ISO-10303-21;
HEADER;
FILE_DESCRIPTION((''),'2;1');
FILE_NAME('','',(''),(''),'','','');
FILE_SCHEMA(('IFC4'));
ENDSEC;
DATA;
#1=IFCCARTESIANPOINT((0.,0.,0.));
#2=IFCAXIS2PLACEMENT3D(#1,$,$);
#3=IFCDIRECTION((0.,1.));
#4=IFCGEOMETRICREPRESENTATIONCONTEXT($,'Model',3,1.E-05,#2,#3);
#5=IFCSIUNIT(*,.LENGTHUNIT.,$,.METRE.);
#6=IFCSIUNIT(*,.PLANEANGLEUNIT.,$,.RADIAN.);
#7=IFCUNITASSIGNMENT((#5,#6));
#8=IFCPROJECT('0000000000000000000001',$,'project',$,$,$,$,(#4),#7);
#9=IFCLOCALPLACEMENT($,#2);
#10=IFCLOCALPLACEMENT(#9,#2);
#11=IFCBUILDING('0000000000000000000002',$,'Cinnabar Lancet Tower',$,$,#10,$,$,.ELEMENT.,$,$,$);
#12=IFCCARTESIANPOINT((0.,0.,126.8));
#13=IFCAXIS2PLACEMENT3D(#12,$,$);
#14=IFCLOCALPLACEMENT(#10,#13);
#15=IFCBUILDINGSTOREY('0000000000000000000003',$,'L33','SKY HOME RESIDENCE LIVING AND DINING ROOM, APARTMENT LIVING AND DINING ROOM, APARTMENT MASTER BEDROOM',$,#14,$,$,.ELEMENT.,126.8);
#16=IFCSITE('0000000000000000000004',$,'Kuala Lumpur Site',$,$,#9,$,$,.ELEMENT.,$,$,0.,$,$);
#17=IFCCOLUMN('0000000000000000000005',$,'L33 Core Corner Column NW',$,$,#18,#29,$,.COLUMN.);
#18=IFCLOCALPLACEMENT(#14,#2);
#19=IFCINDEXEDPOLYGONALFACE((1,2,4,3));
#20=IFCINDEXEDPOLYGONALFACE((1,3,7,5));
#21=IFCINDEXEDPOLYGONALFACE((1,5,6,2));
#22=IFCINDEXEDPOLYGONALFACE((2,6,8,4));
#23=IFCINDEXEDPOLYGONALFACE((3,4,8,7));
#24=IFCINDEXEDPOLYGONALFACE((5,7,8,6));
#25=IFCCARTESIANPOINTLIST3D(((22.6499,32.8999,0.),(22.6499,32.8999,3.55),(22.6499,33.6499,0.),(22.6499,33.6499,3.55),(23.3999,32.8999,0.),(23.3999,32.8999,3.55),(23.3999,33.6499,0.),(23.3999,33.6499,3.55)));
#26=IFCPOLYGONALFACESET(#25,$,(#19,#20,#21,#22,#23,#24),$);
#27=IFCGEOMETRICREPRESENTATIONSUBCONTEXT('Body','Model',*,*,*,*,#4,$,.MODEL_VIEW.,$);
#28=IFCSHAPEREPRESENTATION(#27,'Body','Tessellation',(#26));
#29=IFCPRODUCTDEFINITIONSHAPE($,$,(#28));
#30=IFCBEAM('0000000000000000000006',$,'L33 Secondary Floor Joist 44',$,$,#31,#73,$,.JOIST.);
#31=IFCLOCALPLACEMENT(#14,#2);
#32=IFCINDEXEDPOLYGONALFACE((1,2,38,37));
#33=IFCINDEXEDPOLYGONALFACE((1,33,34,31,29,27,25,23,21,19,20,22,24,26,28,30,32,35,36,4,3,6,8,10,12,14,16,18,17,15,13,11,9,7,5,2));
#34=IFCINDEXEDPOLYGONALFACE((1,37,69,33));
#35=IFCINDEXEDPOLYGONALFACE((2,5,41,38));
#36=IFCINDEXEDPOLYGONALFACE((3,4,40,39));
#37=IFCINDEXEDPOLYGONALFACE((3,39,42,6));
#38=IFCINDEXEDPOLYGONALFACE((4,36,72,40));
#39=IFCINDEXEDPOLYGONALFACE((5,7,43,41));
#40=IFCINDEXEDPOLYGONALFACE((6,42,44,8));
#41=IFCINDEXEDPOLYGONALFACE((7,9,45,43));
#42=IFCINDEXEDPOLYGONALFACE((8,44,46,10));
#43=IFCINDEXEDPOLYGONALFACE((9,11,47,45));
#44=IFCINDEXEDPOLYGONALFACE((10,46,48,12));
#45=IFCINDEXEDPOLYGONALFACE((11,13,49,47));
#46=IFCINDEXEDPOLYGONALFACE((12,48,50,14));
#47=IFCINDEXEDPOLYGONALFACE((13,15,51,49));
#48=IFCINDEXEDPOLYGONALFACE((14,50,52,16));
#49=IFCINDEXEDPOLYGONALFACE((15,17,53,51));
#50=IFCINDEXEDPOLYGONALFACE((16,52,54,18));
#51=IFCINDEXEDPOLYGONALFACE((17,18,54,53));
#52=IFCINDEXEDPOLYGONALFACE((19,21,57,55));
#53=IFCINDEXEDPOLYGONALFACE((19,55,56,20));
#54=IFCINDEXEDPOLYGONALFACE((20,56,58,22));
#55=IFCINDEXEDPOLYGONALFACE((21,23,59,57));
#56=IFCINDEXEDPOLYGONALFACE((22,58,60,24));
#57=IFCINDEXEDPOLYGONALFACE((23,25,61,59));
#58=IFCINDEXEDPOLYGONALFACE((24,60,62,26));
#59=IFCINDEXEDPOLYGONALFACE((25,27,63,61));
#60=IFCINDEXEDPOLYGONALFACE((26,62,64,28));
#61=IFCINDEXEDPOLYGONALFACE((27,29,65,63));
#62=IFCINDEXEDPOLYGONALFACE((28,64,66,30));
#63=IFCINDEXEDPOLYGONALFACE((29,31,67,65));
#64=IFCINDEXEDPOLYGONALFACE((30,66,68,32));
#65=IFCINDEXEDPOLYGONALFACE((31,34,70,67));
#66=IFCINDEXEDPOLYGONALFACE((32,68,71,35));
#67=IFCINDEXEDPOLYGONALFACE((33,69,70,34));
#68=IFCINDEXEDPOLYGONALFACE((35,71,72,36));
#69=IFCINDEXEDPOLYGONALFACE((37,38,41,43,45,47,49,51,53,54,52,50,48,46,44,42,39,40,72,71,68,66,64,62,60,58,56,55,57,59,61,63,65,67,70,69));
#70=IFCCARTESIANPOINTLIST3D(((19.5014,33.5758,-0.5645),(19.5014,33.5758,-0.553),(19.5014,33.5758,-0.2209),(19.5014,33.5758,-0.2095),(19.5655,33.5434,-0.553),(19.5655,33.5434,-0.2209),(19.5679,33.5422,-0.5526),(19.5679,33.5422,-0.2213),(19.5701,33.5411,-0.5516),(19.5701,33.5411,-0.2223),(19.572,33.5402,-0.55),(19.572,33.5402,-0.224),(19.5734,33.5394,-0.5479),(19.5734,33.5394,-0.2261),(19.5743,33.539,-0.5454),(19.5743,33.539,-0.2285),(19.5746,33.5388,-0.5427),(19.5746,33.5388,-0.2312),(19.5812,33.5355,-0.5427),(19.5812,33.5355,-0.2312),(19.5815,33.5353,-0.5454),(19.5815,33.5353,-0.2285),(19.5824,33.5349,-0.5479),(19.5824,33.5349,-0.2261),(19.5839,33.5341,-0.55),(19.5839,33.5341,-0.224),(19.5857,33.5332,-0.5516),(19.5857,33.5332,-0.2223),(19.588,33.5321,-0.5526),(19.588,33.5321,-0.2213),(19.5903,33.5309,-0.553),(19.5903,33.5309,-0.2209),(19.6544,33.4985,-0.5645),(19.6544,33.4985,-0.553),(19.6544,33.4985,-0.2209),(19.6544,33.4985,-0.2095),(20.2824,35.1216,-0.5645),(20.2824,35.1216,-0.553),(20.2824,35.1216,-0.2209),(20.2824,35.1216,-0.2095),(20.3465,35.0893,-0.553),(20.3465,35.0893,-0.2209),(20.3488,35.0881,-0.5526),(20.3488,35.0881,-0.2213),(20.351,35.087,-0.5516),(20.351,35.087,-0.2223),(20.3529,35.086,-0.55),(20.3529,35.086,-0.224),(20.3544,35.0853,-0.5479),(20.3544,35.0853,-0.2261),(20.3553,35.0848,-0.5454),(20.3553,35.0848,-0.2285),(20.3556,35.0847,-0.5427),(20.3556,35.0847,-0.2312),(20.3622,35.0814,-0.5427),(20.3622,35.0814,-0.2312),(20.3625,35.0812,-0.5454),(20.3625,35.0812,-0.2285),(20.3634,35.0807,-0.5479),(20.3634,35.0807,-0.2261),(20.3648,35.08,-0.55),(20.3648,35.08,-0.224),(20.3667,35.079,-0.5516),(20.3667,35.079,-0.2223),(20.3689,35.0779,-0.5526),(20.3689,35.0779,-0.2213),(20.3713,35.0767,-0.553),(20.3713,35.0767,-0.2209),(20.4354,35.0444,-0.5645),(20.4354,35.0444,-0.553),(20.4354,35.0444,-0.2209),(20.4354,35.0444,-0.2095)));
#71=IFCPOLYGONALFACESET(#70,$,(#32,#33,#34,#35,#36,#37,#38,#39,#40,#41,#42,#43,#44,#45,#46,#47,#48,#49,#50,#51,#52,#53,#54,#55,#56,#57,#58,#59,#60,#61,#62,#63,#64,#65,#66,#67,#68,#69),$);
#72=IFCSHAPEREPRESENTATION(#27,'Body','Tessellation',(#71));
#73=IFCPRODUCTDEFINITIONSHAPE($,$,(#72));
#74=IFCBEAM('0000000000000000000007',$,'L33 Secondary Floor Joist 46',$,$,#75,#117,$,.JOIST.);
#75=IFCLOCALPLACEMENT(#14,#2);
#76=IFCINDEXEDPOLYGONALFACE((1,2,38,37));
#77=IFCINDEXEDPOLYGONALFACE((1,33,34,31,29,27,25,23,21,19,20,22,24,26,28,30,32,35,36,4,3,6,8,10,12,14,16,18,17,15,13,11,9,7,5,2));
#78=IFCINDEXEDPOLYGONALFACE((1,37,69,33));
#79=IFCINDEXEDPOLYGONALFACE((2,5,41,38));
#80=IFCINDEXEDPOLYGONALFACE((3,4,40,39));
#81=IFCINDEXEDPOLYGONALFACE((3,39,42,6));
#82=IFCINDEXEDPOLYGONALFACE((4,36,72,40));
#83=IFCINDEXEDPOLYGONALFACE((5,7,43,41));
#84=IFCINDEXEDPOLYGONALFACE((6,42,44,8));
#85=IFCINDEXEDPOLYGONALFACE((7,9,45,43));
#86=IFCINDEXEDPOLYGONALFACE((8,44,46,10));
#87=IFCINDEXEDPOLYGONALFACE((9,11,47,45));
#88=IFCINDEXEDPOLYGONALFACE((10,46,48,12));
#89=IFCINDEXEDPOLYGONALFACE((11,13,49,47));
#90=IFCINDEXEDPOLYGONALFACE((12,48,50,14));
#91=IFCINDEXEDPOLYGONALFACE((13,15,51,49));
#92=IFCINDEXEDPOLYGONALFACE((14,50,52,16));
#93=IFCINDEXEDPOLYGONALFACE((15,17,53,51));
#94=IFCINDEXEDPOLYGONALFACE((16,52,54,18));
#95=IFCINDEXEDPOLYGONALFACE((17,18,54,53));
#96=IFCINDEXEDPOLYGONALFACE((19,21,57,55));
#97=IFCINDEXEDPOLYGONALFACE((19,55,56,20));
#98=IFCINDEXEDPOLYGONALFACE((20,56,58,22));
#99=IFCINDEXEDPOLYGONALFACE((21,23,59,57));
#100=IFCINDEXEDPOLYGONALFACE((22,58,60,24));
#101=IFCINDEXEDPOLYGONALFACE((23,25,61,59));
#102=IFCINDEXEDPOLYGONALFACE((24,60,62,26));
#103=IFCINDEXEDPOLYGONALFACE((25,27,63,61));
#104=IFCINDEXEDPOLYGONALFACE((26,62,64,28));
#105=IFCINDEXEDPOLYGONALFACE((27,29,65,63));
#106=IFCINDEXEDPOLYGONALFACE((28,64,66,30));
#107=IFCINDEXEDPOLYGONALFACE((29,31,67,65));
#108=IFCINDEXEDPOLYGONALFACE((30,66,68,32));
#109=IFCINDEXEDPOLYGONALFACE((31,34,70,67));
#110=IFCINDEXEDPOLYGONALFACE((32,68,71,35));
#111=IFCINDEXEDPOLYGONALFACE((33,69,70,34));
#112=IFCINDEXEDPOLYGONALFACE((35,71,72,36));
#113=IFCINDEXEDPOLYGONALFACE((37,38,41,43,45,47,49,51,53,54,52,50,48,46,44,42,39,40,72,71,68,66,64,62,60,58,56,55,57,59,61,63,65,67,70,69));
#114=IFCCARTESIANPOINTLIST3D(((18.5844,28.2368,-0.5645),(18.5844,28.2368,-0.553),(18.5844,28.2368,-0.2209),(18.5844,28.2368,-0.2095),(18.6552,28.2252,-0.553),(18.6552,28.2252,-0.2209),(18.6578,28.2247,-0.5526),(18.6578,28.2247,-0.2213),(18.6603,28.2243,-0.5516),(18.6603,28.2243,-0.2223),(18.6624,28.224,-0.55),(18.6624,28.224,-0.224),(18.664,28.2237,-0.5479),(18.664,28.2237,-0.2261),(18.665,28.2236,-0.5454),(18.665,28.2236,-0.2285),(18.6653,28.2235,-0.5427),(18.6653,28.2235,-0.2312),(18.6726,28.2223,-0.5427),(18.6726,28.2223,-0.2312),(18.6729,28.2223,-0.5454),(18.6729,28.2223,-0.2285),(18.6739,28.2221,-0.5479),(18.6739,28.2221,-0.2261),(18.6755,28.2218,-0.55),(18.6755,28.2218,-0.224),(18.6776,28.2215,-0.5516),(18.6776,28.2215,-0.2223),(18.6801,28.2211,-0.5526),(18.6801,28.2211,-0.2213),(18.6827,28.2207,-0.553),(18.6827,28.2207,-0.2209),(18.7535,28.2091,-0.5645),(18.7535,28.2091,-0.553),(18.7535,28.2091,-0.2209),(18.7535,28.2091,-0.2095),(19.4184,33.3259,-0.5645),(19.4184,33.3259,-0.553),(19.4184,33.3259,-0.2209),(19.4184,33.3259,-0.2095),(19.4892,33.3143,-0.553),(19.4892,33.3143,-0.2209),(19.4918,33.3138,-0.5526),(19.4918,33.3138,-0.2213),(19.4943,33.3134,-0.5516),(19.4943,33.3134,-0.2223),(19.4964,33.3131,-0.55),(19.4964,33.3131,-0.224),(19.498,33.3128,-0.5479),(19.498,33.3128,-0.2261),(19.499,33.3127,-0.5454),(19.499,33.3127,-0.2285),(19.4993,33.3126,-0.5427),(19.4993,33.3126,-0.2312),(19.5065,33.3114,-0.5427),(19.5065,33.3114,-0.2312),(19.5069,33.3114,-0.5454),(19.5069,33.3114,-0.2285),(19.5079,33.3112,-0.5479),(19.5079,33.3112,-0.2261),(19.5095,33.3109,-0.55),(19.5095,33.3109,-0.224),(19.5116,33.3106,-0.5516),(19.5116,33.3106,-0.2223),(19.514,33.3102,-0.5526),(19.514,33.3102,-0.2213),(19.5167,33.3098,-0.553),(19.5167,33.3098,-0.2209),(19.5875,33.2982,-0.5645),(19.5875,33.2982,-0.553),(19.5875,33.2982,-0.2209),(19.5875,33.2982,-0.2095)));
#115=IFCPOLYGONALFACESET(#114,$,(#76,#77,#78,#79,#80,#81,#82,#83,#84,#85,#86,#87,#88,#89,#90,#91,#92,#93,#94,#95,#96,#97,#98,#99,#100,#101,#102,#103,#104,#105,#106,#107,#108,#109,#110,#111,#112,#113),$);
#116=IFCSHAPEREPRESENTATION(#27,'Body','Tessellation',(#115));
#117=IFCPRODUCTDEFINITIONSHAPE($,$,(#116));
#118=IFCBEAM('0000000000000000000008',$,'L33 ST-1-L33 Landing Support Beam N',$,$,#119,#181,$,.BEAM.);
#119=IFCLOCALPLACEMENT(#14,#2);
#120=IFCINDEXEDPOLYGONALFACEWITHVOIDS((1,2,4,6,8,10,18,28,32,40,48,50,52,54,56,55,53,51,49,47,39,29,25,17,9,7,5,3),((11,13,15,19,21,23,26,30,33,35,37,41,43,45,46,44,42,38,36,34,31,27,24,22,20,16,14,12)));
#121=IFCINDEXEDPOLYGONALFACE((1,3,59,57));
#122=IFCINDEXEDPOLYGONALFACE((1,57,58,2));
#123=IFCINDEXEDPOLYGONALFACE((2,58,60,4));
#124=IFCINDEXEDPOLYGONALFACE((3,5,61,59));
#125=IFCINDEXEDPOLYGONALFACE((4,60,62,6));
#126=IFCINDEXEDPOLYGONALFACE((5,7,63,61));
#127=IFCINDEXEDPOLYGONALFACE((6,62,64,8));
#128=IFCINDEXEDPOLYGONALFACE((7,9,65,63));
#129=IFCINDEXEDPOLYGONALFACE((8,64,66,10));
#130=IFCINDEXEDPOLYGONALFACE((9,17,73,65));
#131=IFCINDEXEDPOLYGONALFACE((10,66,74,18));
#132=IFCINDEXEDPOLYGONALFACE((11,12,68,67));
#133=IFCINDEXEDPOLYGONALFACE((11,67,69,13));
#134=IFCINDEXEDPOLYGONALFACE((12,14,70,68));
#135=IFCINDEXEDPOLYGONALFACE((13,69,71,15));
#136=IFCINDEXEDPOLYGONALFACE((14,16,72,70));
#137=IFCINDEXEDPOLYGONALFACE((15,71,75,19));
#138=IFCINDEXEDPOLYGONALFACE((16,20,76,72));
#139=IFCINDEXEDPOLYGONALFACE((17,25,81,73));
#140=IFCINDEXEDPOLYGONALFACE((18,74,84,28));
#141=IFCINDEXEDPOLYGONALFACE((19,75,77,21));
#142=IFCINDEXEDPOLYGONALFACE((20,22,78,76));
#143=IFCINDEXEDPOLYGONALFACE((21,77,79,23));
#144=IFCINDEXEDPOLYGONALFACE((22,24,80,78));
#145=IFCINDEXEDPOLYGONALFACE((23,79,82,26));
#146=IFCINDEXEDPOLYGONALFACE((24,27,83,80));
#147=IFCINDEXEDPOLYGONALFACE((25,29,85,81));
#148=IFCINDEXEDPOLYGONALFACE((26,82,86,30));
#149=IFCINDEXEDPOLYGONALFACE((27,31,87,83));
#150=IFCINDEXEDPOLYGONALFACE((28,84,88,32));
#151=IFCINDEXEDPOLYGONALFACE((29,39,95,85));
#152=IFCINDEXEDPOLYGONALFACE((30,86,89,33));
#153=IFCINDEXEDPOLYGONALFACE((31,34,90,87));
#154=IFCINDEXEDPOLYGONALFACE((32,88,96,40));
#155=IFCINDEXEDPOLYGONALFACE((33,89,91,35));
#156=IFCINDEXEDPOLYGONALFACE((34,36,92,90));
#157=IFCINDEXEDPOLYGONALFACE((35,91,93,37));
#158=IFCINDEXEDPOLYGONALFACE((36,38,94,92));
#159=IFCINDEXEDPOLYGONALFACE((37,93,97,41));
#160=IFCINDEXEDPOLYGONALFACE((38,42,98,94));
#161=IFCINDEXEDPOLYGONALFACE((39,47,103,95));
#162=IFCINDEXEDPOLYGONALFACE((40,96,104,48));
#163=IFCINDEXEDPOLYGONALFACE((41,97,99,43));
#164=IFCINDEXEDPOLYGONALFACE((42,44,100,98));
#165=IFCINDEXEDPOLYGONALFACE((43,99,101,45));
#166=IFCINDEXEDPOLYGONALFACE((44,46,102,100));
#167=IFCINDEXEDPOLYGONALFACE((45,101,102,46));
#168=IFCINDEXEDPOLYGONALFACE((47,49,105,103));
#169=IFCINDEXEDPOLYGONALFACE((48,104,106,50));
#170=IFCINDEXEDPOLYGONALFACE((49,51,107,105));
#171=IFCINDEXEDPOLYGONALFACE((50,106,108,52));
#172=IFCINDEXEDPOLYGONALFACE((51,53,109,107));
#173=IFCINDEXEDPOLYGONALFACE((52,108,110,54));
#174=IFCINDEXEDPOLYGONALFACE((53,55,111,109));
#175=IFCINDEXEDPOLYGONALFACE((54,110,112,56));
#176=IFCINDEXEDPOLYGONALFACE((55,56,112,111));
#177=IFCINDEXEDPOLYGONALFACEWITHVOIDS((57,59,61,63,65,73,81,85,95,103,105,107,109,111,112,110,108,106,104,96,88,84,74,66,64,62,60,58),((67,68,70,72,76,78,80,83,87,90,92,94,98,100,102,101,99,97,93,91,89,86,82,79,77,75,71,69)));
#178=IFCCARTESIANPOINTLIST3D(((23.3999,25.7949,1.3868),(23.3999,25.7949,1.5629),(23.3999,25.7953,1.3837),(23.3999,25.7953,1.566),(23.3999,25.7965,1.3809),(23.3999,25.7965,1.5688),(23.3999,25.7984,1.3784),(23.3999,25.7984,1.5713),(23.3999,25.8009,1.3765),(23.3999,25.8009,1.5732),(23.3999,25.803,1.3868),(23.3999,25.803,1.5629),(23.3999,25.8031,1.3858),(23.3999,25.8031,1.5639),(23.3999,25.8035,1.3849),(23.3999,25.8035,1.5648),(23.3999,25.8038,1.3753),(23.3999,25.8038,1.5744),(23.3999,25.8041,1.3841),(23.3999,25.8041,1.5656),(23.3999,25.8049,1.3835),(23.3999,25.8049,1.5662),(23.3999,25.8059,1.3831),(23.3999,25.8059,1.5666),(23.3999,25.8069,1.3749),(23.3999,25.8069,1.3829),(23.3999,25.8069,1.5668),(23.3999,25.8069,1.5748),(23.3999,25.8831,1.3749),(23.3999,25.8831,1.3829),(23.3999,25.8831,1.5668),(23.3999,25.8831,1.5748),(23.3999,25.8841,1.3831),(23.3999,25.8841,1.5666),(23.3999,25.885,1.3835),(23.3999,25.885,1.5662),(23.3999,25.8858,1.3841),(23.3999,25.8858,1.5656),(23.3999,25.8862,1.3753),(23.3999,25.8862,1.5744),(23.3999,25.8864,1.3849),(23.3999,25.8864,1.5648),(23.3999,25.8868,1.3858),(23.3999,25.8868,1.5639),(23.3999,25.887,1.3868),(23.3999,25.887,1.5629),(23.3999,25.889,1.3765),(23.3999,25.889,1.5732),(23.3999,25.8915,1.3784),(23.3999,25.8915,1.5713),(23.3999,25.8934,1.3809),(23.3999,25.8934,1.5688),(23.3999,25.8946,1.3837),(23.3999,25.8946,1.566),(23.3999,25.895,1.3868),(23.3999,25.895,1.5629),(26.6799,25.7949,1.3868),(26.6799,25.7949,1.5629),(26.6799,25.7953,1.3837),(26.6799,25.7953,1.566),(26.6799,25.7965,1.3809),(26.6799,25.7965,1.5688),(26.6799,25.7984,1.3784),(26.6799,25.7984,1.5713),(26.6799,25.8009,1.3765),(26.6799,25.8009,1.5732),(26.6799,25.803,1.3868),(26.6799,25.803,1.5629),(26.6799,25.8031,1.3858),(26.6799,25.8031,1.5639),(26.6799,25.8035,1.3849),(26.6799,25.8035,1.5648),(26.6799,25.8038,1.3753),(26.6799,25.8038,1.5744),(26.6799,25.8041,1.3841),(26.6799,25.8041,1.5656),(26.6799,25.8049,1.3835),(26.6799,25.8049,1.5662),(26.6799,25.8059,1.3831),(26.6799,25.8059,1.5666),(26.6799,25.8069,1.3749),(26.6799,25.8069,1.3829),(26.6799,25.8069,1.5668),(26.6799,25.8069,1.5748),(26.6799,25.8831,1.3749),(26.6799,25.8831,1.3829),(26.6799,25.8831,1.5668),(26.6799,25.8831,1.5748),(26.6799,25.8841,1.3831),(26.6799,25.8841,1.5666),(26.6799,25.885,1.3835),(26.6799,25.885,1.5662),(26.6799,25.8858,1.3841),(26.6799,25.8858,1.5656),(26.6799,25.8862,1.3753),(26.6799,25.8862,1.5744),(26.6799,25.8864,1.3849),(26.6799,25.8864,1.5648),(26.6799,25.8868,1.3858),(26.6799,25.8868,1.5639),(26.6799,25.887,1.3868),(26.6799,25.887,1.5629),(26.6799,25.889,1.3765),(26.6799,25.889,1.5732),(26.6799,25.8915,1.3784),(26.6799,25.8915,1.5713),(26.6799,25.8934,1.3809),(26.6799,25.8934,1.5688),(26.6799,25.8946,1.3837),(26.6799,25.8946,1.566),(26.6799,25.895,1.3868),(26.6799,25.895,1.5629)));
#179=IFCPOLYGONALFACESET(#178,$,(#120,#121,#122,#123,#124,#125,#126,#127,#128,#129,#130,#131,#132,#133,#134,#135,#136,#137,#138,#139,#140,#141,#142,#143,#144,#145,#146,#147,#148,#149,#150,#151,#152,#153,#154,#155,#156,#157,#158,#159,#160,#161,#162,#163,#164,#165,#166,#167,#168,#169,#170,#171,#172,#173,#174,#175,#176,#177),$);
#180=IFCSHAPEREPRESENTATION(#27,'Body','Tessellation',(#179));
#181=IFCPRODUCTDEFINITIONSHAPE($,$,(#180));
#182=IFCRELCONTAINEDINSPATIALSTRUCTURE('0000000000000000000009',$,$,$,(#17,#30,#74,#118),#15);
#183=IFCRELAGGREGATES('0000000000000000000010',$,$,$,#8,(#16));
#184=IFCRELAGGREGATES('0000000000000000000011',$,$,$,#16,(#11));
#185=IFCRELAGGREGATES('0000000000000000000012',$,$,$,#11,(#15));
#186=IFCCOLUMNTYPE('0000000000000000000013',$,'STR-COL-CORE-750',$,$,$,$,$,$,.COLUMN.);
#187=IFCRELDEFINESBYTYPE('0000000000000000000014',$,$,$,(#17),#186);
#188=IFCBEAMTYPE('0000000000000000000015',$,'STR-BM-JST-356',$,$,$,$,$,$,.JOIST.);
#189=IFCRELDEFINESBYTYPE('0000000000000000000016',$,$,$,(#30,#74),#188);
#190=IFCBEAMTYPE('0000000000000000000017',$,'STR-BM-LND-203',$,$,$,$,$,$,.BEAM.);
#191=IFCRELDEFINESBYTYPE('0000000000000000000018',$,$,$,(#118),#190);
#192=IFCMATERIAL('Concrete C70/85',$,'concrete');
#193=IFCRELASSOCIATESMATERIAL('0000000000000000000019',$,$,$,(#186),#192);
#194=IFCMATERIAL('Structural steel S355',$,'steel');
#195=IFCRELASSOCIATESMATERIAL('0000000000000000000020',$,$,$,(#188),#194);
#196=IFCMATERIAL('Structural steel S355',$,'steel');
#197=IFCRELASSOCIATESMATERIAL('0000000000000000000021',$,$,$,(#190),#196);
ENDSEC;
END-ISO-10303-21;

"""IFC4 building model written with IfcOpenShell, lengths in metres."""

from ifc_helpers import new_model, si_unit, direction, frame, origin, origin_2d, place, context, subcontext, project, spatial, rectangle, hollow_rectangle, i_section, extrude, material, material_profile, profile_set, type_object, element, save


model = new_model("IFC4")

# Units and contexts
model_context = context("Model", 3, precision=1e-05, world=origin(), true_north=direction((0.0, 1.0)))
body_context = subcontext(model_context, "Body", "Model", "MODEL_VIEW")
ifc_project = project(units=[si_unit("LENGTHUNIT", "METRE"), si_unit("PLANEANGLEUNIT", "RADIAN")], contexts=[model_context])

# Site, building, storey
site_placement = place(None, origin())
site = spatial("IfcSite", under=ifc_project, at=site_placement, Name="Kuala Lumpur Site", CompositionType="ELEMENT", RefElevation=0.0)
building_placement = place(site_placement, origin())
building = spatial("IfcBuilding", under=site, at=building_placement, Name="Cinnabar Lancet Tower", CompositionType="ELEMENT")
storey_placement = place(building_placement, frame((0.0, 0.0, 126.8)))
storey = spatial("IfcBuildingStorey", under=building, at=storey_placement, Name="L33", Description="SKY HOME RESIDENCE LIVING AND DINING ROOM, APARTMENT LIVING AND DINING ROOM, APARTMENT MASTER BEDROOM", CompositionType="ELEMENT", Elevation=126.8)

# Column
ifc_material_1 = material(Name="Concrete C70/85", Category="concrete")
ifc_material_profile_1 = material_profile(ifc_material_1, rectangle(XDim=0.75, YDim=0.75, at=origin_2d()), Name="RC-COL 750x750")
ifc_profile_set_1 = profile_set([ifc_material_profile_1], Name="Concrete C70/85")
column_type = type_object("IfcColumnType", Name="STR-COL-CORE-750", PredefinedType="COLUMN", material=ifc_profile_set_1)
column_placement = place(storey_placement, frame((23.0249, 33.2749, 0.0), z_axis=(0.0, 0.0, 1.0), x_axis=(1.0, 0.0, 0.0)))
element("IfcColumn", 1, at=column_placement, inside=storey, type_object=column_type, Name="L33 Core Corner Column NW", PredefinedType="COLUMN", context=body_context, shape_type="SweptSolid", body=[
    extrude(rectangle(XDim=0.75, YDim=0.75, at=origin_2d()), origin(), (0.0, 0.0, 1.0), 3.55),
])

# Beams
ifc_material_2 = material(Name="Structural steel S355", Category="steel")
ifc_material_profile_2 = material_profile(ifc_material_2, i_section(OverallWidth=0.1714, OverallDepth=0.355, WebThickness=0.0073, FlangeThickness=0.0115, FilletRadius=0.0103, at=origin_2d()), Name="UKB 356x171x51")
ifc_profile_set_2 = profile_set([ifc_material_profile_2], Name="Structural steel S355")
beam_type_1 = type_object("IfcBeamType", Name="STR-BM-JST-356", PredefinedType="JOIST", material=ifc_profile_set_2)
beam_1_placement = place(storey_placement, frame((20.3589, 35.083, -0.387), z_axis=(-0.450931, -0.892559, 0.0), x_axis=(0.892559, -0.450931, 0.0)))
element("IfcBeam", 2, at=beam_1_placement, inside=storey, type_object=beam_type_1, Name="L33 Secondary Floor Joist 44", PredefinedType="JOIST", context=body_context, shape_type="SweptSolid", body=[
    extrude(i_section(OverallWidth=0.1714, OverallDepth=0.355, WebThickness=0.0073, FlangeThickness=0.0115, FilletRadius=0.0103, at=origin_2d()), origin(), (0.0, 0.0, 1.0), 1.7319),
])
beam_2_placement = place(storey_placement, frame((19.5029, 33.312, -0.387), z_axis=(-0.161719, -0.986837, 0.0), x_axis=(0.986837, -0.161719, 0.0)))
element("IfcBeam", 3, at=beam_2_placement, inside=storey, type_object=beam_type_1, Name="L33 Secondary Floor Joist 46", PredefinedType="JOIST", context=body_context, shape_type="SweptSolid", body=[
    extrude(i_section(OverallWidth=0.1714, OverallDepth=0.355, WebThickness=0.0073, FlangeThickness=0.0115, FilletRadius=0.0103, at=origin_2d()), origin(), (0.0, 0.0, 1.0), 5.157),
])
ifc_material_3 = material(Name="Structural steel S355", Category="steel")
ifc_material_profile_3 = material_profile(ifc_material_3, hollow_rectangle(XDim=0.1001, YDim=0.2, WallThickness=0.0081, InnerFilletRadius=0.0039, OuterFilletRadius=0.012, at=origin_2d()), Name="RHS 200x100x8")
ifc_profile_set_3 = profile_set([ifc_material_profile_3], Name="Structural steel S355")
beam_type_2 = type_object("IfcBeamType", Name="STR-BM-LND-203", PredefinedType="BEAM", material=ifc_profile_set_3)
beam_3_placement = place(storey_placement, frame((23.3999, 25.845, 1.4749), z_axis=(1.0, 0.0, 0.0), x_axis=(0.0, 1.0, 0.0)))
element("IfcBeam", 4, at=beam_3_placement, inside=storey, type_object=beam_type_2, Name="L33 ST-1-L33 Landing Support Beam N", PredefinedType="BEAM", context=body_context, shape_type="SweptSolid", body=[
    extrude(hollow_rectangle(XDim=0.1001, YDim=0.2, WallThickness=0.0081, InnerFilletRadius=0.0039, OuterFilletRadius=0.012, at=origin_2d()), origin(), (0.0, 0.0, 1.0), 3.28),
])

save(model, "model.ifc")
